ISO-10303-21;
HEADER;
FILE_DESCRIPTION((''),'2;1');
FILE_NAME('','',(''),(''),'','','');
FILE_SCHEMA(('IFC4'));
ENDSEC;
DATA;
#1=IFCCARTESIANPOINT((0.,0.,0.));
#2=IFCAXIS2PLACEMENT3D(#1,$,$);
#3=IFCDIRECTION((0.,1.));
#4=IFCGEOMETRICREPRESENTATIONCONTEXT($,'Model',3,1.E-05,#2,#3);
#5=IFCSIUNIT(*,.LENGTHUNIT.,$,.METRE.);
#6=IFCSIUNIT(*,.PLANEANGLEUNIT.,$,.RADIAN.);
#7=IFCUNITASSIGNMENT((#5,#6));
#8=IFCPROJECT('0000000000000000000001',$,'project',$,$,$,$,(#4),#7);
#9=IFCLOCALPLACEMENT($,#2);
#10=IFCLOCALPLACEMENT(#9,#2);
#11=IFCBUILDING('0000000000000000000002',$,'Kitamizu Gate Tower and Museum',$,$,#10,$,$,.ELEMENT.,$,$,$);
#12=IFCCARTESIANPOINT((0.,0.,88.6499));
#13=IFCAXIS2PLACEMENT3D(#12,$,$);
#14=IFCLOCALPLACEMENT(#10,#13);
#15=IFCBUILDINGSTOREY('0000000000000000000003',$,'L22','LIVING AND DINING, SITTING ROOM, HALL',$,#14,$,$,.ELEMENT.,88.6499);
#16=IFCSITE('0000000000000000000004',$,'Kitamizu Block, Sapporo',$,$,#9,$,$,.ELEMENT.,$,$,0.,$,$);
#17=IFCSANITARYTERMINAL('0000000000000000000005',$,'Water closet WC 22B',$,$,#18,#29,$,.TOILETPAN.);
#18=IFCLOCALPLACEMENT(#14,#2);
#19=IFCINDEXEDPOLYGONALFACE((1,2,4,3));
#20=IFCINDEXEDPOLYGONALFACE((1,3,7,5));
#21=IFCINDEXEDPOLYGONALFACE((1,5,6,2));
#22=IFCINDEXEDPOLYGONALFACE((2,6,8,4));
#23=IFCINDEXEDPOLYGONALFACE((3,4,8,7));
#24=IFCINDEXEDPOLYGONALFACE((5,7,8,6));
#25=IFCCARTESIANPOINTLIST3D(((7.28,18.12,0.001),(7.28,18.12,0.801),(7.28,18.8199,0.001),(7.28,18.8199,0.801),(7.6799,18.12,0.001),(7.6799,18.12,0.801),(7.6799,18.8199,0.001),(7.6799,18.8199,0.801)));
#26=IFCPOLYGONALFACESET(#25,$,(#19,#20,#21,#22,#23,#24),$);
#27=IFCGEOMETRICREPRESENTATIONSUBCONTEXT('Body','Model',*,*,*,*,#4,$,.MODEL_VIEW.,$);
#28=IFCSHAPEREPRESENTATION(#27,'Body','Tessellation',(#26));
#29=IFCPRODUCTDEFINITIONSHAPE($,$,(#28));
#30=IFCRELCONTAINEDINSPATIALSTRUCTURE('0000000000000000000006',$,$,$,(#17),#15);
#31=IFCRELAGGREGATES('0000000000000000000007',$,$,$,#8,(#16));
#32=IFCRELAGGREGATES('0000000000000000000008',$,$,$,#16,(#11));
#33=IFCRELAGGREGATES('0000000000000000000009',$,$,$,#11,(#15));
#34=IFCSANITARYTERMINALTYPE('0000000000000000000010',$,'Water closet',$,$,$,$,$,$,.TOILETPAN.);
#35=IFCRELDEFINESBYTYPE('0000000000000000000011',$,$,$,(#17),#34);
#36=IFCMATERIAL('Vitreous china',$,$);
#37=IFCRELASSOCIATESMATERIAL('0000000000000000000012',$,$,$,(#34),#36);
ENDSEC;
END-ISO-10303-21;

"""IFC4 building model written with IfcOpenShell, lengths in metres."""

from ifc_helpers import new_model, si_unit, direction, frame, origin, origin_2d, place, context, subcontext, project, spatial, rectangle, extrude, material, type_object, element, save


model = new_model("IFC4")

# Units and contexts
model_context = context("Model", 3, precision=1e-05, world=origin(), true_north=direction((0.0, 1.0)))
body_context = subcontext(model_context, "Body", "Model", "MODEL_VIEW")
ifc_project = project(units=[si_unit("LENGTHUNIT", "METRE"), si_unit("PLANEANGLEUNIT", "RADIAN")], contexts=[model_context])

# Site, building, storey
site_placement = place(None, origin())
site = spatial("IfcSite", under=ifc_project, at=site_placement, Name="Kitamizu Block, Sapporo", CompositionType="ELEMENT", RefElevation=0.0)
building_placement = place(site_placement, origin())
building = spatial("IfcBuilding", under=site, at=building_placement, Name="Kitamizu Gate Tower and Museum", CompositionType="ELEMENT")
storey_placement = place(building_placement, frame((0.0, 0.0, 88.6499)))
storey = spatial("IfcBuildingStorey", under=building, at=storey_placement, Name="L22", Description="LIVING AND DINING, SITTING ROOM, HALL", CompositionType="ELEMENT", Elevation=88.6499)

# Sanitary terminal
ifc_material_1 = material(Name="Vitreous china")
sanitary_terminal_type_1 = type_object("IfcSanitaryTerminalType", Name="Water closet", PredefinedType="TOILETPAN", material=ifc_material_1)
sanitary_terminal_1_placement = place(storey_placement, frame((7.48, 18.47, 0.001), z_axis=(0.0, 0.0, 1.0), x_axis=(1.0, 0.0, 0.0)))
element("IfcSanitaryTerminal", 1, at=sanitary_terminal_1_placement, inside=storey, type_object=sanitary_terminal_type_1, Name="Water closet WC 22B", PredefinedType="TOILETPAN", context=body_context, shape_type="SweptSolid", body=[
    extrude(rectangle(XDim=0.3999, YDim=0.7, at=origin_2d()), origin(), (0.0, 0.0, 1.0), 0.8),
])

save(model, "model.ifc")
